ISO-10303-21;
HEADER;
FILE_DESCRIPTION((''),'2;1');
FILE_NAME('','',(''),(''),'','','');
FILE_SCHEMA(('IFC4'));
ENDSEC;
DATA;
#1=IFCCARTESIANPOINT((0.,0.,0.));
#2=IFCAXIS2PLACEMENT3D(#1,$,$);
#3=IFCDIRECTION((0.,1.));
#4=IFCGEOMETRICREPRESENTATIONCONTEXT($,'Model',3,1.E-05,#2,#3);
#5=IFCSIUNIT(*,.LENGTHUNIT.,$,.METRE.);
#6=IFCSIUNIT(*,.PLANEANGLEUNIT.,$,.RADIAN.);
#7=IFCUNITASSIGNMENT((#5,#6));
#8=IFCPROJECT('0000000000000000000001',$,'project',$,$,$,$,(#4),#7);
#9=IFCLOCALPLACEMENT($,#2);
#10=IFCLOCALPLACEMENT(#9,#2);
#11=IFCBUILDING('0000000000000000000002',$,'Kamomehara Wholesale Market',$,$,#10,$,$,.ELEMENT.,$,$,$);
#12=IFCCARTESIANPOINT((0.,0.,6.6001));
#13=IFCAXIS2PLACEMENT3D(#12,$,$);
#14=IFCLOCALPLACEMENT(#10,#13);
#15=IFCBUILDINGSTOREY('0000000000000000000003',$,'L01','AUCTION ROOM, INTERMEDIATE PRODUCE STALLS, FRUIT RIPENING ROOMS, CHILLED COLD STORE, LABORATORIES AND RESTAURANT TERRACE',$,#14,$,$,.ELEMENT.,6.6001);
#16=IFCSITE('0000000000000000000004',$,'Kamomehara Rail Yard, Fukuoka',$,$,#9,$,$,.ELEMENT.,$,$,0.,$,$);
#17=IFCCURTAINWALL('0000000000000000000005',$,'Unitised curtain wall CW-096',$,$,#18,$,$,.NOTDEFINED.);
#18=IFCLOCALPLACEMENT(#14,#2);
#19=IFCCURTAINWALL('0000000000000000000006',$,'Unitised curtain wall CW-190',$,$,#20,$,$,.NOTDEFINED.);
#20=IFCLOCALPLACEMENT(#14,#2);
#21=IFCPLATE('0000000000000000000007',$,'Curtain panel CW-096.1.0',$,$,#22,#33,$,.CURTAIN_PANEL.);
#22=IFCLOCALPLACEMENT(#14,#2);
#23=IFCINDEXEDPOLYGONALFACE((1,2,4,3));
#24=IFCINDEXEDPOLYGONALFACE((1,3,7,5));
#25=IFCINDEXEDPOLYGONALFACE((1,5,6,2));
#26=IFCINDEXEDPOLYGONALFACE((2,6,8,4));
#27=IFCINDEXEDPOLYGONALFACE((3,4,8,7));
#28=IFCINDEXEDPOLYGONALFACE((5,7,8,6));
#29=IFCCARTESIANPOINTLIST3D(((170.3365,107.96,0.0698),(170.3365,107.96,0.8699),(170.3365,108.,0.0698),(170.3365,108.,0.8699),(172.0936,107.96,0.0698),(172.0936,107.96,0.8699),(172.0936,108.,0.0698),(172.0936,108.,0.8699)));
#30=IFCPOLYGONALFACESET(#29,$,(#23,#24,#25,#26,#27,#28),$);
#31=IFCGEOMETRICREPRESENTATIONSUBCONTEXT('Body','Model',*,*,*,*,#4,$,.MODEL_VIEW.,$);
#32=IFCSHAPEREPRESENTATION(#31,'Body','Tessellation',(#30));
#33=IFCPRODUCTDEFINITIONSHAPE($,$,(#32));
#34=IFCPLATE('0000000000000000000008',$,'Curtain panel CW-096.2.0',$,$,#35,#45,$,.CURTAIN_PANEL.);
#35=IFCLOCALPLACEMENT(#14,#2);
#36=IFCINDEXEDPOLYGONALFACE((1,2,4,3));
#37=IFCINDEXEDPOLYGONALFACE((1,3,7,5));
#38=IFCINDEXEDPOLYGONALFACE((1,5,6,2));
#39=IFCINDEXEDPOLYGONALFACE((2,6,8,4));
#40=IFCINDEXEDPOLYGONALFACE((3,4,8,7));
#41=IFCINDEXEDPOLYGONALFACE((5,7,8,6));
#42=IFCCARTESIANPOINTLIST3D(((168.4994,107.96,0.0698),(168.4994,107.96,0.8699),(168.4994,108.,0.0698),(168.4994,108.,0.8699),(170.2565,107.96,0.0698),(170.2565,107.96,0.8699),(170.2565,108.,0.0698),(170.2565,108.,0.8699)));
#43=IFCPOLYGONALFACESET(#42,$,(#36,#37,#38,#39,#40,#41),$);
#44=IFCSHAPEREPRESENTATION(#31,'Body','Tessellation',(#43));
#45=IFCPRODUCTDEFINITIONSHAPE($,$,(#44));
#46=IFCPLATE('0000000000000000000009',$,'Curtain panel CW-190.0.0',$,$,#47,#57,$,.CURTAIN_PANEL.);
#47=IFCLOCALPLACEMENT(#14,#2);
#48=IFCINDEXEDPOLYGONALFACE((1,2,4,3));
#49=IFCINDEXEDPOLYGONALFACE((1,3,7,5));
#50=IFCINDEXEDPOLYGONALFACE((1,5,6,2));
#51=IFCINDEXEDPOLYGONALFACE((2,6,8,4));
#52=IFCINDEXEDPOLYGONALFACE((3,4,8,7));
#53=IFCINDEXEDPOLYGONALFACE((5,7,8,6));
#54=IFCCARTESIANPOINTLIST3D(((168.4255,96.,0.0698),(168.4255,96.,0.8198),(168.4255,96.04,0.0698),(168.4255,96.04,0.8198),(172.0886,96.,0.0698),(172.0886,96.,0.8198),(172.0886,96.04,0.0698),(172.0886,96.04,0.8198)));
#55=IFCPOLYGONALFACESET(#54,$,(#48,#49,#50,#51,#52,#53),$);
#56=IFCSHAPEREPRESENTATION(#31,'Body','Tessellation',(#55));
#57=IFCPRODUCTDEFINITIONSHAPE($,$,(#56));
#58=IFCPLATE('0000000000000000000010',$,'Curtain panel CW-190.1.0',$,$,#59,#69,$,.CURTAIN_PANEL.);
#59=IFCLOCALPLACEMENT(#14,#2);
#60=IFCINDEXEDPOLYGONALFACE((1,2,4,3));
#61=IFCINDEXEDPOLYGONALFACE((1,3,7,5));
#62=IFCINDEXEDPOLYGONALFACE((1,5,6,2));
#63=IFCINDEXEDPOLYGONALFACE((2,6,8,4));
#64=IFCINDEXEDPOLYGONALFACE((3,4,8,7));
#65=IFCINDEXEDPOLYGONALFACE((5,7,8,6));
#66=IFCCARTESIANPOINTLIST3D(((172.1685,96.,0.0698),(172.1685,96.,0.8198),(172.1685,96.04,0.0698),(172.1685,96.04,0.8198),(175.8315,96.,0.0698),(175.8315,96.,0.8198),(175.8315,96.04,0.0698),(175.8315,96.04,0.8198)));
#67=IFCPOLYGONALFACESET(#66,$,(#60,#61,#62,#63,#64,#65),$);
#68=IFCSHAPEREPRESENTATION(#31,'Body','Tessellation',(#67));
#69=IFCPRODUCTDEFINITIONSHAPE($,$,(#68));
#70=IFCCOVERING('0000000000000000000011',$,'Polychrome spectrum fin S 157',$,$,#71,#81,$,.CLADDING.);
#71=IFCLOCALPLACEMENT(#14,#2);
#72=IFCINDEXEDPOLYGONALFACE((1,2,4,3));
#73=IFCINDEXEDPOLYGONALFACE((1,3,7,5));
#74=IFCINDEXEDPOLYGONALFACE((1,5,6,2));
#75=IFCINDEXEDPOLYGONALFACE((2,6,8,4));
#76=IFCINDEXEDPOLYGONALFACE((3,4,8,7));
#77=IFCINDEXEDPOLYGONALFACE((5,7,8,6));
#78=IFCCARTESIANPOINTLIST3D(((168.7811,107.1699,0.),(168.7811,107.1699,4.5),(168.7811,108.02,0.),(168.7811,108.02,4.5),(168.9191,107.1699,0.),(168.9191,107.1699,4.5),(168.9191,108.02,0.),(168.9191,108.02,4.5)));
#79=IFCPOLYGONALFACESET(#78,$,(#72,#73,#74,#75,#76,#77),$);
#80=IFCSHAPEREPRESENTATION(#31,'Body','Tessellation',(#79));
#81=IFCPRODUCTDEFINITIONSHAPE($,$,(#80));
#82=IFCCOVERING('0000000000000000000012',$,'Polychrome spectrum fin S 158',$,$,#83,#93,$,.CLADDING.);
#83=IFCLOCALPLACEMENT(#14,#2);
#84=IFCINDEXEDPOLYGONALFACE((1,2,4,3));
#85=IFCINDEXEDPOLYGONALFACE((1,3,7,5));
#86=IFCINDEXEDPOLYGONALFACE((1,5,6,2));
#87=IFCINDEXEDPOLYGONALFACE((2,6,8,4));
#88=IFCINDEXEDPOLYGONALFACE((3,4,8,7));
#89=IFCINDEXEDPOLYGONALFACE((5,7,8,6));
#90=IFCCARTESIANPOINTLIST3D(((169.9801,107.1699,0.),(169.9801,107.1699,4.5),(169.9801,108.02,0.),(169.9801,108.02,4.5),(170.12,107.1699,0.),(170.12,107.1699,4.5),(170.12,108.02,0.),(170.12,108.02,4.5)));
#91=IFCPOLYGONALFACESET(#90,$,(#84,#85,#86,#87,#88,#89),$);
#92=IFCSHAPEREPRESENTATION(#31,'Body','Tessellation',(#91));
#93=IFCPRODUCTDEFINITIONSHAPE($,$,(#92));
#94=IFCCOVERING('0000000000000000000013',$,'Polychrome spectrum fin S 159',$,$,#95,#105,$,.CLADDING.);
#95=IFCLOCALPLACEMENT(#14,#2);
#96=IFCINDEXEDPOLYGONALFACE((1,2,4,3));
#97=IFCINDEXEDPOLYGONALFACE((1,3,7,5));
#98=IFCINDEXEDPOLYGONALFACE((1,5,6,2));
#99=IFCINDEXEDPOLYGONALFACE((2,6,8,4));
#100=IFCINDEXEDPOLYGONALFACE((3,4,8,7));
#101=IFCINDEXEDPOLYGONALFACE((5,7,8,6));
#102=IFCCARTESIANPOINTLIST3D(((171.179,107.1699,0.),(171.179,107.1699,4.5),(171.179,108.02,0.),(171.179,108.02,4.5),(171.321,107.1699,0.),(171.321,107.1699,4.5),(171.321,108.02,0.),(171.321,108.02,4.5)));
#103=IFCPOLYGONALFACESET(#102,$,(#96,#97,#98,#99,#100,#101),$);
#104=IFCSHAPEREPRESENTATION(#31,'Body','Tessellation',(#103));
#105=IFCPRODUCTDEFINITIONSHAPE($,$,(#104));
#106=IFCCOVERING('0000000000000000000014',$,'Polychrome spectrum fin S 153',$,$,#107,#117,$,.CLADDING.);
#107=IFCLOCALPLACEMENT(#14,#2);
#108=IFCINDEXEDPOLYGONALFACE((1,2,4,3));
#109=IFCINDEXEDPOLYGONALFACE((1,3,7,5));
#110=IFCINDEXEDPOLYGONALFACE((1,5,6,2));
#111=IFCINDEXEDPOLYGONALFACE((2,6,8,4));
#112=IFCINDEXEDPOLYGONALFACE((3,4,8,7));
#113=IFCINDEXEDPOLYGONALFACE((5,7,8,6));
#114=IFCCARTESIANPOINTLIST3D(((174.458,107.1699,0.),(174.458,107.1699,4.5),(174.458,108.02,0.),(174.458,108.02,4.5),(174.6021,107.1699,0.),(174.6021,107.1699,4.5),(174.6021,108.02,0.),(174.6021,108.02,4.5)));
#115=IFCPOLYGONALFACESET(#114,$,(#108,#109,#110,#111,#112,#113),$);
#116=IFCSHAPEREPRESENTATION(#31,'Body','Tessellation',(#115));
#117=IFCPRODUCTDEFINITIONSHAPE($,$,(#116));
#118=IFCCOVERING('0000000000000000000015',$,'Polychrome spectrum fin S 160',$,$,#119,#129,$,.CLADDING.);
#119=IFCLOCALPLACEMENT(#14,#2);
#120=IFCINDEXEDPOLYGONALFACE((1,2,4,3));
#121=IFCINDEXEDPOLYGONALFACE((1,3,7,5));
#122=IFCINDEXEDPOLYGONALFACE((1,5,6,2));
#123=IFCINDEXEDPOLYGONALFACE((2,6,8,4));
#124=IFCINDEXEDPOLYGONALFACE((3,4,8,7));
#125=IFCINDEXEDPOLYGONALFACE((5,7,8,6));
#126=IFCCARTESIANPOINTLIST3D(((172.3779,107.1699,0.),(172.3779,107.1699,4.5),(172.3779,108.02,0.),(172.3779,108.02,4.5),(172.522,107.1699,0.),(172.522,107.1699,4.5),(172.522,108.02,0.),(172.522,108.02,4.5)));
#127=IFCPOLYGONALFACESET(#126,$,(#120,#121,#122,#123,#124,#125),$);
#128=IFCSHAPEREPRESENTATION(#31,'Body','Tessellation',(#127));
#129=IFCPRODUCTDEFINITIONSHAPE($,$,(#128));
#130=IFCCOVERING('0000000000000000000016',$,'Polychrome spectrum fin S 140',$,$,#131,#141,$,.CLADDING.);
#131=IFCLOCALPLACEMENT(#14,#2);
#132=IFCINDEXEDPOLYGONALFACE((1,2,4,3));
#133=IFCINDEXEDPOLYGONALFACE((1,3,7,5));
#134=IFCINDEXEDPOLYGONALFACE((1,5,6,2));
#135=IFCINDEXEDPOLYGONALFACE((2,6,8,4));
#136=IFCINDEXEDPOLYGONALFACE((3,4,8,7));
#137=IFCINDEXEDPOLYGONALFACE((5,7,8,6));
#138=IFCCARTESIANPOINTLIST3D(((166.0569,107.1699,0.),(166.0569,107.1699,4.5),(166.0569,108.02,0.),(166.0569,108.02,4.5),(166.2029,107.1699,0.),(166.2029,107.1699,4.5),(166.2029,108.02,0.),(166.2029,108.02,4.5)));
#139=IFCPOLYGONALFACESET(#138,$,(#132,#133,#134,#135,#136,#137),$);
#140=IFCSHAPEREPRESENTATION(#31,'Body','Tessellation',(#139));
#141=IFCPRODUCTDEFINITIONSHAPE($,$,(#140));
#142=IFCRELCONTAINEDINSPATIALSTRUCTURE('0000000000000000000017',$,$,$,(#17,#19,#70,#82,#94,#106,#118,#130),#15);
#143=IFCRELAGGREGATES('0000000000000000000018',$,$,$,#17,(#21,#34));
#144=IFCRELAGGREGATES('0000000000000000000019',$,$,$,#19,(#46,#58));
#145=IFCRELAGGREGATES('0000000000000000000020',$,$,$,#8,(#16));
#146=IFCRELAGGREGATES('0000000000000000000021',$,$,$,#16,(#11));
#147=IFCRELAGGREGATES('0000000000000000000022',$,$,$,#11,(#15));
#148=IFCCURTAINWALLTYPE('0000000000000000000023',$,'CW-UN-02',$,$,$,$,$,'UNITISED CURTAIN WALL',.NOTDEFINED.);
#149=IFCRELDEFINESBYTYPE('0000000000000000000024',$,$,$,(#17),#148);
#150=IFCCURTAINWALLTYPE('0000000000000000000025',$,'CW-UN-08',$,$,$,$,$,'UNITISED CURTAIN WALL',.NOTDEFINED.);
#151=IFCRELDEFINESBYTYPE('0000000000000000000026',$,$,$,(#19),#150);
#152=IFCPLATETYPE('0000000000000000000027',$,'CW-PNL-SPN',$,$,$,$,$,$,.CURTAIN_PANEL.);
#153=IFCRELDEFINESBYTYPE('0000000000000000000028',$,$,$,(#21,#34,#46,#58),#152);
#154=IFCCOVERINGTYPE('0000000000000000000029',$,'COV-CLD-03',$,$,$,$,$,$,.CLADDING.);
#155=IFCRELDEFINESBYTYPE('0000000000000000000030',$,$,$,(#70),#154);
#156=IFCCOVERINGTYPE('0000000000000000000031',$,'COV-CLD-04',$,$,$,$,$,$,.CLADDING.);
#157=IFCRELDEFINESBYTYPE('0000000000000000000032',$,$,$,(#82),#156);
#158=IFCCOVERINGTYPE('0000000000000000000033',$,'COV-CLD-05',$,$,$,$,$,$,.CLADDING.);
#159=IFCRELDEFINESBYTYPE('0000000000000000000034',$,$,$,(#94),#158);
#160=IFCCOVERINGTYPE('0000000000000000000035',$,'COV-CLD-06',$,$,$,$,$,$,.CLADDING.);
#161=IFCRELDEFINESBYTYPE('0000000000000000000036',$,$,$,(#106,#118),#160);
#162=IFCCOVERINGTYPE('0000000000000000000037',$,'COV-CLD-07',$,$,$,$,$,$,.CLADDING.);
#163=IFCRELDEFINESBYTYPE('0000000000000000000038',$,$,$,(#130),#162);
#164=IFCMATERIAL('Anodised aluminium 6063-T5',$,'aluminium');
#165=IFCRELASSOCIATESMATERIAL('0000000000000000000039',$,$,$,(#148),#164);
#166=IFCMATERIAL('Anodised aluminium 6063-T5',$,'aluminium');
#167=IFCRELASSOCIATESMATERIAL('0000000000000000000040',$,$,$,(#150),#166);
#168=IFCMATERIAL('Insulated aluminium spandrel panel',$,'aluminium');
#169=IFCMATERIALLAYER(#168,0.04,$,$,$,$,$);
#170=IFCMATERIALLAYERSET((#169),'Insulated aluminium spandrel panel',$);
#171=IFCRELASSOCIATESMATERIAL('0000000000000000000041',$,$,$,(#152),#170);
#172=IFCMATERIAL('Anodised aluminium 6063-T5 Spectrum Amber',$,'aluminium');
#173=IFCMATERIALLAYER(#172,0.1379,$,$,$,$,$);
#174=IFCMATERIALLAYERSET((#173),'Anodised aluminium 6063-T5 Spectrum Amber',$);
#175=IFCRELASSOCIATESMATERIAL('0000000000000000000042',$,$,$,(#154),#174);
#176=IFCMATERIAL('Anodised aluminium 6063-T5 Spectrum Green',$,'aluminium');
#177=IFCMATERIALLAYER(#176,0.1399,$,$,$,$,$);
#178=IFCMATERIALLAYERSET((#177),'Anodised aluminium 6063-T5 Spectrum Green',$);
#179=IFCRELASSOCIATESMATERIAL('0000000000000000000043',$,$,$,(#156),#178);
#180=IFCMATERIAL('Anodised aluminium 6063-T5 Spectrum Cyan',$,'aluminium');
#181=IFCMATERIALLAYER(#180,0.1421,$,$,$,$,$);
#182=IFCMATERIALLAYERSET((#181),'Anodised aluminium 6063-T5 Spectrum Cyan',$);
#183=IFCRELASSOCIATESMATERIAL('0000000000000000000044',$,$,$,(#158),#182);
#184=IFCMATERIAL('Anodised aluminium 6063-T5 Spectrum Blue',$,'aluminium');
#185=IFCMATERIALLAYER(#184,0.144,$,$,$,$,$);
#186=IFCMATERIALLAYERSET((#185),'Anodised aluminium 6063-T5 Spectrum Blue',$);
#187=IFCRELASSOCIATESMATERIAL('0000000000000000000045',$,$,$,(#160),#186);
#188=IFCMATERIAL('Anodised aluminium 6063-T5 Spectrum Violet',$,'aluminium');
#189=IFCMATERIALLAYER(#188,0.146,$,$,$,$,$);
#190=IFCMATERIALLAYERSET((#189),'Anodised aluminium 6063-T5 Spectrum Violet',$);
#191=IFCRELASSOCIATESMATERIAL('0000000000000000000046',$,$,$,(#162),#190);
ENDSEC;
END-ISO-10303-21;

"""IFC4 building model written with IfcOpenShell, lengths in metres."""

from ifc_helpers import new_model, si_unit, direction, frame, origin, origin_2d, place, context, subcontext, project, spatial, rectangle, extrude, material, layer, layer_set, type_object, element, aggregate, save


model = new_model("IFC4")

# Units and contexts
model_context = context("Model", 3, precision=1e-05, world=origin(), true_north=direction((0.0, 1.0)))
body_context = subcontext(model_context, "Body", "Model", "MODEL_VIEW")
ifc_project = project(units=[si_unit("LENGTHUNIT", "METRE"), si_unit("PLANEANGLEUNIT", "RADIAN")], contexts=[model_context])

# Site, building, storey
site_placement = place(None, origin())
site = spatial("IfcSite", under=ifc_project, at=site_placement, Name="Kamomehara Rail Yard, Fukuoka", CompositionType="ELEMENT", RefElevation=0.0)
building_placement = place(site_placement, origin())
building = spatial("IfcBuilding", under=site, at=building_placement, Name="Kamomehara Wholesale Market", CompositionType="ELEMENT")
storey_placement = place(building_placement, frame((0.0, 0.0, 6.6001)))
storey = spatial("IfcBuildingStorey", under=building, at=storey_placement, Name="L01", Description="AUCTION ROOM, INTERMEDIATE PRODUCE STALLS, FRUIT RIPENING ROOMS, CHILLED COLD STORE, LABORATORIES AND RESTAURANT TERRACE", CompositionType="ELEMENT", Elevation=6.6001)

# Curtain walls
ifc_material_1 = material(Name="Anodised aluminium 6063-T5", Category="aluminium")
curtain_wall_type_1 = type_object("IfcCurtainWallType", Name="CW-UN-02", ElementType="UNITISED CURTAIN WALL", PredefinedType="NOTDEFINED", material=ifc_material_1)
curtain_wall_1_placement = place(storey_placement, origin())
curtain_wall_1 = element("IfcCurtainWall", 1, at=curtain_wall_1_placement, inside=storey, type_object=curtain_wall_type_1, Name="Unitised curtain wall CW-096", PredefinedType="NOTDEFINED")
ifc_material_2 = material(Name="Anodised aluminium 6063-T5", Category="aluminium")
curtain_wall_type_2 = type_object("IfcCurtainWallType", Name="CW-UN-08", ElementType="UNITISED CURTAIN WALL", PredefinedType="NOTDEFINED", material=ifc_material_2)
curtain_wall_2_placement = place(storey_placement, origin())
curtain_wall_2 = element("IfcCurtainWall", 2, at=curtain_wall_2_placement, inside=storey, type_object=curtain_wall_type_2, Name="Unitised curtain wall CW-190", PredefinedType="NOTDEFINED")

# Plates
ifc_material_3 = material(Name="Insulated aluminium spandrel panel", Category="aluminium")
ifc_layer_1 = layer(ifc_material_3, 0.04)
ifc_layer_set_1 = layer_set([ifc_layer_1], Name="Insulated aluminium spandrel panel")
plate_type_1 = type_object("IfcPlateType", Name="CW-PNL-SPN", PredefinedType="CURTAIN_PANEL", material=ifc_layer_set_1)
plate_1_placement = place(storey_placement, frame((171.2151, 107.98, 0.0698), z_axis=(0.0, 0.0, 1.0), x_axis=(-1.0, 0.0, 0.0)))
plate_1 = element("IfcPlate", 3, at=plate_1_placement, type_object=plate_type_1, Name="Curtain panel CW-096.1.0", PredefinedType="CURTAIN_PANEL", context=body_context, shape_type="SweptSolid", body=[
    extrude(rectangle(XDim=1.7571, YDim=0.04, at=origin_2d()), origin(), (0.0, 0.0, 1.0), 0.8),
])
plate_2_placement = place(storey_placement, frame((169.3779, 107.98, 0.0698), z_axis=(0.0, 0.0, 1.0), x_axis=(-1.0, 0.0, 0.0)))
plate_2 = element("IfcPlate", 4, at=plate_2_placement, type_object=plate_type_1, Name="Curtain panel CW-096.2.0", PredefinedType="CURTAIN_PANEL", context=body_context, shape_type="SweptSolid", body=[
    extrude(rectangle(XDim=1.7571, YDim=0.04, at=origin_2d()), origin(), (0.0, 0.0, 1.0), 0.8),
])
aggregate(curtain_wall_1, [plate_1, plate_2])
plate_3_placement = place(storey_placement, frame((170.2571, 96.02, 0.0698), z_axis=(0.0, 0.0, 1.0), x_axis=(1.0, 0.0, 0.0)))
plate_3 = element("IfcPlate", 5, at=plate_3_placement, type_object=plate_type_1, Name="Curtain panel CW-190.0.0", PredefinedType="CURTAIN_PANEL", context=body_context, shape_type="SweptSolid", body=[
    extrude(rectangle(XDim=3.6631, YDim=0.04, at=origin_2d()), origin(), (0.0, 0.0, 1.0), 0.75),
])
plate_4_placement = place(storey_placement, frame((174.0, 96.02, 0.0698), z_axis=(0.0, 0.0, 1.0), x_axis=(1.0, 0.0, 0.0)))
plate_4 = element("IfcPlate", 6, at=plate_4_placement, type_object=plate_type_1, Name="Curtain panel CW-190.1.0", PredefinedType="CURTAIN_PANEL", context=body_context, shape_type="SweptSolid", body=[
    extrude(rectangle(XDim=3.6631, YDim=0.04, at=origin_2d()), origin(), (0.0, 0.0, 1.0), 0.75),
])
aggregate(curtain_wall_2, [plate_3, plate_4])

# Coverings
ifc_material_4 = material(Name="Anodised aluminium 6063-T5 Spectrum Amber", Category="aluminium")
ifc_layer_2 = layer(ifc_material_4, 0.1379)
ifc_layer_set_2 = layer_set([ifc_layer_2], Name="Anodised aluminium 6063-T5 Spectrum Amber")
covering_type_1 = type_object("IfcCoveringType", Name="COV-CLD-03", PredefinedType="CLADDING", material=ifc_layer_set_2)
covering_1_placement = place(storey_placement, frame((168.8501, 107.595, 0.0), z_axis=(0.0, 0.0, 1.0), x_axis=(1.0, 0.0, 0.0)))
element("IfcCovering", 7, at=covering_1_placement, inside=storey, type_object=covering_type_1, Name="Polychrome spectrum fin S 157", PredefinedType="CLADDING", context=body_context, shape_type="SweptSolid", body=[
    extrude(rectangle(XDim=0.1379, YDim=0.8501, at=origin_2d()), origin(), (0.0, 0.0, 1.0), 4.5),
])
ifc_material_5 = material(Name="Anodised aluminium 6063-T5 Spectrum Green", Category="aluminium")
ifc_layer_3 = layer(ifc_material_5, 0.1399)
ifc_layer_set_3 = layer_set([ifc_layer_3], Name="Anodised aluminium 6063-T5 Spectrum Green")
covering_type_2 = type_object("IfcCoveringType", Name="COV-CLD-04", PredefinedType="CLADDING", material=ifc_layer_set_3)
covering_2_placement = place(storey_placement, frame((170.05, 107.595, 0.0), z_axis=(0.0, 0.0, 1.0), x_axis=(1.0, 0.0, 0.0)))
element("IfcCovering", 8, at=covering_2_placement, inside=storey, type_object=covering_type_2, Name="Polychrome spectrum fin S 158", PredefinedType="CLADDING", context=body_context, shape_type="SweptSolid", body=[
    extrude(rectangle(XDim=0.1399, YDim=0.8501, at=origin_2d()), origin(), (0.0, 0.0, 1.0), 4.5),
])
ifc_material_6 = material(Name="Anodised aluminium 6063-T5 Spectrum Cyan", Category="aluminium")
ifc_layer_4 = layer(ifc_material_6, 0.1421)
ifc_layer_set_4 = layer_set([ifc_layer_4], Name="Anodised aluminium 6063-T5 Spectrum Cyan")
covering_type_3 = type_object("IfcCoveringType", Name="COV-CLD-05", PredefinedType="CLADDING", material=ifc_layer_set_4)
covering_3_placement = place(storey_placement, frame((171.25, 107.595, 0.0), z_axis=(0.0, 0.0, 1.0), x_axis=(1.0, 0.0, 0.0)))
element("IfcCovering", 9, at=covering_3_placement, inside=storey, type_object=covering_type_3, Name="Polychrome spectrum fin S 159", PredefinedType="CLADDING", context=body_context, shape_type="SweptSolid", body=[
    extrude(rectangle(XDim=0.1421, YDim=0.8501, at=origin_2d()), origin(), (0.0, 0.0, 1.0), 4.5),
])
ifc_material_7 = material(Name="Anodised aluminium 6063-T5 Spectrum Blue", Category="aluminium")
ifc_layer_5 = layer(ifc_material_7, 0.144)
ifc_layer_set_5 = layer_set([ifc_layer_5], Name="Anodised aluminium 6063-T5 Spectrum Blue")
covering_type_4 = type_object("IfcCoveringType", Name="COV-CLD-06", PredefinedType="CLADDING", material=ifc_layer_set_5)
for number, where, z_axis, x_axis, name in (
    (10, (174.53, 107.595, 0.0), (0.0, 0.0, 1.0), (1.0, 0.0, 0.0), "Polychrome spectrum fin S 153"),
    (11, (172.45, 107.595, 0.0), (0.0, 0.0, 1.0), (1.0, 0.0, 0.0), "Polychrome spectrum fin S 160"),
):
    element("IfcCovering", number, at=place(storey_placement, frame(where, z_axis=z_axis, x_axis=x_axis)), inside=storey, type_object=covering_type_4, Name=name, PredefinedType="CLADDING", context=body_context, shape_type="SweptSolid", body=[
        extrude(rectangle(XDim=0.144, YDim=0.8501, at=origin_2d()), origin(), (0.0, 0.0, 1.0), 4.5),
    ])
ifc_material_8 = material(Name="Anodised aluminium 6063-T5 Spectrum Violet", Category="aluminium")
ifc_layer_6 = layer(ifc_material_8, 0.146)
ifc_layer_set_6 = layer_set([ifc_layer_6], Name="Anodised aluminium 6063-T5 Spectrum Violet")
covering_type_5 = type_object("IfcCoveringType", Name="COV-CLD-07", PredefinedType="CLADDING", material=ifc_layer_set_6)
covering_4_placement = place(storey_placement, frame((166.1299, 107.595, 0.0), z_axis=(0.0, 0.0, 1.0), x_axis=(1.0, 0.0, 0.0)))
element("IfcCovering", 12, at=covering_4_placement, inside=storey, type_object=covering_type_5, Name="Polychrome spectrum fin S 140", PredefinedType="CLADDING", context=body_context, shape_type="SweptSolid", body=[
    extrude(rectangle(XDim=0.146, YDim=0.8501, at=origin_2d()), origin(), (0.0, 0.0, 1.0), 4.5),
])

save(model, "model.ifc")
